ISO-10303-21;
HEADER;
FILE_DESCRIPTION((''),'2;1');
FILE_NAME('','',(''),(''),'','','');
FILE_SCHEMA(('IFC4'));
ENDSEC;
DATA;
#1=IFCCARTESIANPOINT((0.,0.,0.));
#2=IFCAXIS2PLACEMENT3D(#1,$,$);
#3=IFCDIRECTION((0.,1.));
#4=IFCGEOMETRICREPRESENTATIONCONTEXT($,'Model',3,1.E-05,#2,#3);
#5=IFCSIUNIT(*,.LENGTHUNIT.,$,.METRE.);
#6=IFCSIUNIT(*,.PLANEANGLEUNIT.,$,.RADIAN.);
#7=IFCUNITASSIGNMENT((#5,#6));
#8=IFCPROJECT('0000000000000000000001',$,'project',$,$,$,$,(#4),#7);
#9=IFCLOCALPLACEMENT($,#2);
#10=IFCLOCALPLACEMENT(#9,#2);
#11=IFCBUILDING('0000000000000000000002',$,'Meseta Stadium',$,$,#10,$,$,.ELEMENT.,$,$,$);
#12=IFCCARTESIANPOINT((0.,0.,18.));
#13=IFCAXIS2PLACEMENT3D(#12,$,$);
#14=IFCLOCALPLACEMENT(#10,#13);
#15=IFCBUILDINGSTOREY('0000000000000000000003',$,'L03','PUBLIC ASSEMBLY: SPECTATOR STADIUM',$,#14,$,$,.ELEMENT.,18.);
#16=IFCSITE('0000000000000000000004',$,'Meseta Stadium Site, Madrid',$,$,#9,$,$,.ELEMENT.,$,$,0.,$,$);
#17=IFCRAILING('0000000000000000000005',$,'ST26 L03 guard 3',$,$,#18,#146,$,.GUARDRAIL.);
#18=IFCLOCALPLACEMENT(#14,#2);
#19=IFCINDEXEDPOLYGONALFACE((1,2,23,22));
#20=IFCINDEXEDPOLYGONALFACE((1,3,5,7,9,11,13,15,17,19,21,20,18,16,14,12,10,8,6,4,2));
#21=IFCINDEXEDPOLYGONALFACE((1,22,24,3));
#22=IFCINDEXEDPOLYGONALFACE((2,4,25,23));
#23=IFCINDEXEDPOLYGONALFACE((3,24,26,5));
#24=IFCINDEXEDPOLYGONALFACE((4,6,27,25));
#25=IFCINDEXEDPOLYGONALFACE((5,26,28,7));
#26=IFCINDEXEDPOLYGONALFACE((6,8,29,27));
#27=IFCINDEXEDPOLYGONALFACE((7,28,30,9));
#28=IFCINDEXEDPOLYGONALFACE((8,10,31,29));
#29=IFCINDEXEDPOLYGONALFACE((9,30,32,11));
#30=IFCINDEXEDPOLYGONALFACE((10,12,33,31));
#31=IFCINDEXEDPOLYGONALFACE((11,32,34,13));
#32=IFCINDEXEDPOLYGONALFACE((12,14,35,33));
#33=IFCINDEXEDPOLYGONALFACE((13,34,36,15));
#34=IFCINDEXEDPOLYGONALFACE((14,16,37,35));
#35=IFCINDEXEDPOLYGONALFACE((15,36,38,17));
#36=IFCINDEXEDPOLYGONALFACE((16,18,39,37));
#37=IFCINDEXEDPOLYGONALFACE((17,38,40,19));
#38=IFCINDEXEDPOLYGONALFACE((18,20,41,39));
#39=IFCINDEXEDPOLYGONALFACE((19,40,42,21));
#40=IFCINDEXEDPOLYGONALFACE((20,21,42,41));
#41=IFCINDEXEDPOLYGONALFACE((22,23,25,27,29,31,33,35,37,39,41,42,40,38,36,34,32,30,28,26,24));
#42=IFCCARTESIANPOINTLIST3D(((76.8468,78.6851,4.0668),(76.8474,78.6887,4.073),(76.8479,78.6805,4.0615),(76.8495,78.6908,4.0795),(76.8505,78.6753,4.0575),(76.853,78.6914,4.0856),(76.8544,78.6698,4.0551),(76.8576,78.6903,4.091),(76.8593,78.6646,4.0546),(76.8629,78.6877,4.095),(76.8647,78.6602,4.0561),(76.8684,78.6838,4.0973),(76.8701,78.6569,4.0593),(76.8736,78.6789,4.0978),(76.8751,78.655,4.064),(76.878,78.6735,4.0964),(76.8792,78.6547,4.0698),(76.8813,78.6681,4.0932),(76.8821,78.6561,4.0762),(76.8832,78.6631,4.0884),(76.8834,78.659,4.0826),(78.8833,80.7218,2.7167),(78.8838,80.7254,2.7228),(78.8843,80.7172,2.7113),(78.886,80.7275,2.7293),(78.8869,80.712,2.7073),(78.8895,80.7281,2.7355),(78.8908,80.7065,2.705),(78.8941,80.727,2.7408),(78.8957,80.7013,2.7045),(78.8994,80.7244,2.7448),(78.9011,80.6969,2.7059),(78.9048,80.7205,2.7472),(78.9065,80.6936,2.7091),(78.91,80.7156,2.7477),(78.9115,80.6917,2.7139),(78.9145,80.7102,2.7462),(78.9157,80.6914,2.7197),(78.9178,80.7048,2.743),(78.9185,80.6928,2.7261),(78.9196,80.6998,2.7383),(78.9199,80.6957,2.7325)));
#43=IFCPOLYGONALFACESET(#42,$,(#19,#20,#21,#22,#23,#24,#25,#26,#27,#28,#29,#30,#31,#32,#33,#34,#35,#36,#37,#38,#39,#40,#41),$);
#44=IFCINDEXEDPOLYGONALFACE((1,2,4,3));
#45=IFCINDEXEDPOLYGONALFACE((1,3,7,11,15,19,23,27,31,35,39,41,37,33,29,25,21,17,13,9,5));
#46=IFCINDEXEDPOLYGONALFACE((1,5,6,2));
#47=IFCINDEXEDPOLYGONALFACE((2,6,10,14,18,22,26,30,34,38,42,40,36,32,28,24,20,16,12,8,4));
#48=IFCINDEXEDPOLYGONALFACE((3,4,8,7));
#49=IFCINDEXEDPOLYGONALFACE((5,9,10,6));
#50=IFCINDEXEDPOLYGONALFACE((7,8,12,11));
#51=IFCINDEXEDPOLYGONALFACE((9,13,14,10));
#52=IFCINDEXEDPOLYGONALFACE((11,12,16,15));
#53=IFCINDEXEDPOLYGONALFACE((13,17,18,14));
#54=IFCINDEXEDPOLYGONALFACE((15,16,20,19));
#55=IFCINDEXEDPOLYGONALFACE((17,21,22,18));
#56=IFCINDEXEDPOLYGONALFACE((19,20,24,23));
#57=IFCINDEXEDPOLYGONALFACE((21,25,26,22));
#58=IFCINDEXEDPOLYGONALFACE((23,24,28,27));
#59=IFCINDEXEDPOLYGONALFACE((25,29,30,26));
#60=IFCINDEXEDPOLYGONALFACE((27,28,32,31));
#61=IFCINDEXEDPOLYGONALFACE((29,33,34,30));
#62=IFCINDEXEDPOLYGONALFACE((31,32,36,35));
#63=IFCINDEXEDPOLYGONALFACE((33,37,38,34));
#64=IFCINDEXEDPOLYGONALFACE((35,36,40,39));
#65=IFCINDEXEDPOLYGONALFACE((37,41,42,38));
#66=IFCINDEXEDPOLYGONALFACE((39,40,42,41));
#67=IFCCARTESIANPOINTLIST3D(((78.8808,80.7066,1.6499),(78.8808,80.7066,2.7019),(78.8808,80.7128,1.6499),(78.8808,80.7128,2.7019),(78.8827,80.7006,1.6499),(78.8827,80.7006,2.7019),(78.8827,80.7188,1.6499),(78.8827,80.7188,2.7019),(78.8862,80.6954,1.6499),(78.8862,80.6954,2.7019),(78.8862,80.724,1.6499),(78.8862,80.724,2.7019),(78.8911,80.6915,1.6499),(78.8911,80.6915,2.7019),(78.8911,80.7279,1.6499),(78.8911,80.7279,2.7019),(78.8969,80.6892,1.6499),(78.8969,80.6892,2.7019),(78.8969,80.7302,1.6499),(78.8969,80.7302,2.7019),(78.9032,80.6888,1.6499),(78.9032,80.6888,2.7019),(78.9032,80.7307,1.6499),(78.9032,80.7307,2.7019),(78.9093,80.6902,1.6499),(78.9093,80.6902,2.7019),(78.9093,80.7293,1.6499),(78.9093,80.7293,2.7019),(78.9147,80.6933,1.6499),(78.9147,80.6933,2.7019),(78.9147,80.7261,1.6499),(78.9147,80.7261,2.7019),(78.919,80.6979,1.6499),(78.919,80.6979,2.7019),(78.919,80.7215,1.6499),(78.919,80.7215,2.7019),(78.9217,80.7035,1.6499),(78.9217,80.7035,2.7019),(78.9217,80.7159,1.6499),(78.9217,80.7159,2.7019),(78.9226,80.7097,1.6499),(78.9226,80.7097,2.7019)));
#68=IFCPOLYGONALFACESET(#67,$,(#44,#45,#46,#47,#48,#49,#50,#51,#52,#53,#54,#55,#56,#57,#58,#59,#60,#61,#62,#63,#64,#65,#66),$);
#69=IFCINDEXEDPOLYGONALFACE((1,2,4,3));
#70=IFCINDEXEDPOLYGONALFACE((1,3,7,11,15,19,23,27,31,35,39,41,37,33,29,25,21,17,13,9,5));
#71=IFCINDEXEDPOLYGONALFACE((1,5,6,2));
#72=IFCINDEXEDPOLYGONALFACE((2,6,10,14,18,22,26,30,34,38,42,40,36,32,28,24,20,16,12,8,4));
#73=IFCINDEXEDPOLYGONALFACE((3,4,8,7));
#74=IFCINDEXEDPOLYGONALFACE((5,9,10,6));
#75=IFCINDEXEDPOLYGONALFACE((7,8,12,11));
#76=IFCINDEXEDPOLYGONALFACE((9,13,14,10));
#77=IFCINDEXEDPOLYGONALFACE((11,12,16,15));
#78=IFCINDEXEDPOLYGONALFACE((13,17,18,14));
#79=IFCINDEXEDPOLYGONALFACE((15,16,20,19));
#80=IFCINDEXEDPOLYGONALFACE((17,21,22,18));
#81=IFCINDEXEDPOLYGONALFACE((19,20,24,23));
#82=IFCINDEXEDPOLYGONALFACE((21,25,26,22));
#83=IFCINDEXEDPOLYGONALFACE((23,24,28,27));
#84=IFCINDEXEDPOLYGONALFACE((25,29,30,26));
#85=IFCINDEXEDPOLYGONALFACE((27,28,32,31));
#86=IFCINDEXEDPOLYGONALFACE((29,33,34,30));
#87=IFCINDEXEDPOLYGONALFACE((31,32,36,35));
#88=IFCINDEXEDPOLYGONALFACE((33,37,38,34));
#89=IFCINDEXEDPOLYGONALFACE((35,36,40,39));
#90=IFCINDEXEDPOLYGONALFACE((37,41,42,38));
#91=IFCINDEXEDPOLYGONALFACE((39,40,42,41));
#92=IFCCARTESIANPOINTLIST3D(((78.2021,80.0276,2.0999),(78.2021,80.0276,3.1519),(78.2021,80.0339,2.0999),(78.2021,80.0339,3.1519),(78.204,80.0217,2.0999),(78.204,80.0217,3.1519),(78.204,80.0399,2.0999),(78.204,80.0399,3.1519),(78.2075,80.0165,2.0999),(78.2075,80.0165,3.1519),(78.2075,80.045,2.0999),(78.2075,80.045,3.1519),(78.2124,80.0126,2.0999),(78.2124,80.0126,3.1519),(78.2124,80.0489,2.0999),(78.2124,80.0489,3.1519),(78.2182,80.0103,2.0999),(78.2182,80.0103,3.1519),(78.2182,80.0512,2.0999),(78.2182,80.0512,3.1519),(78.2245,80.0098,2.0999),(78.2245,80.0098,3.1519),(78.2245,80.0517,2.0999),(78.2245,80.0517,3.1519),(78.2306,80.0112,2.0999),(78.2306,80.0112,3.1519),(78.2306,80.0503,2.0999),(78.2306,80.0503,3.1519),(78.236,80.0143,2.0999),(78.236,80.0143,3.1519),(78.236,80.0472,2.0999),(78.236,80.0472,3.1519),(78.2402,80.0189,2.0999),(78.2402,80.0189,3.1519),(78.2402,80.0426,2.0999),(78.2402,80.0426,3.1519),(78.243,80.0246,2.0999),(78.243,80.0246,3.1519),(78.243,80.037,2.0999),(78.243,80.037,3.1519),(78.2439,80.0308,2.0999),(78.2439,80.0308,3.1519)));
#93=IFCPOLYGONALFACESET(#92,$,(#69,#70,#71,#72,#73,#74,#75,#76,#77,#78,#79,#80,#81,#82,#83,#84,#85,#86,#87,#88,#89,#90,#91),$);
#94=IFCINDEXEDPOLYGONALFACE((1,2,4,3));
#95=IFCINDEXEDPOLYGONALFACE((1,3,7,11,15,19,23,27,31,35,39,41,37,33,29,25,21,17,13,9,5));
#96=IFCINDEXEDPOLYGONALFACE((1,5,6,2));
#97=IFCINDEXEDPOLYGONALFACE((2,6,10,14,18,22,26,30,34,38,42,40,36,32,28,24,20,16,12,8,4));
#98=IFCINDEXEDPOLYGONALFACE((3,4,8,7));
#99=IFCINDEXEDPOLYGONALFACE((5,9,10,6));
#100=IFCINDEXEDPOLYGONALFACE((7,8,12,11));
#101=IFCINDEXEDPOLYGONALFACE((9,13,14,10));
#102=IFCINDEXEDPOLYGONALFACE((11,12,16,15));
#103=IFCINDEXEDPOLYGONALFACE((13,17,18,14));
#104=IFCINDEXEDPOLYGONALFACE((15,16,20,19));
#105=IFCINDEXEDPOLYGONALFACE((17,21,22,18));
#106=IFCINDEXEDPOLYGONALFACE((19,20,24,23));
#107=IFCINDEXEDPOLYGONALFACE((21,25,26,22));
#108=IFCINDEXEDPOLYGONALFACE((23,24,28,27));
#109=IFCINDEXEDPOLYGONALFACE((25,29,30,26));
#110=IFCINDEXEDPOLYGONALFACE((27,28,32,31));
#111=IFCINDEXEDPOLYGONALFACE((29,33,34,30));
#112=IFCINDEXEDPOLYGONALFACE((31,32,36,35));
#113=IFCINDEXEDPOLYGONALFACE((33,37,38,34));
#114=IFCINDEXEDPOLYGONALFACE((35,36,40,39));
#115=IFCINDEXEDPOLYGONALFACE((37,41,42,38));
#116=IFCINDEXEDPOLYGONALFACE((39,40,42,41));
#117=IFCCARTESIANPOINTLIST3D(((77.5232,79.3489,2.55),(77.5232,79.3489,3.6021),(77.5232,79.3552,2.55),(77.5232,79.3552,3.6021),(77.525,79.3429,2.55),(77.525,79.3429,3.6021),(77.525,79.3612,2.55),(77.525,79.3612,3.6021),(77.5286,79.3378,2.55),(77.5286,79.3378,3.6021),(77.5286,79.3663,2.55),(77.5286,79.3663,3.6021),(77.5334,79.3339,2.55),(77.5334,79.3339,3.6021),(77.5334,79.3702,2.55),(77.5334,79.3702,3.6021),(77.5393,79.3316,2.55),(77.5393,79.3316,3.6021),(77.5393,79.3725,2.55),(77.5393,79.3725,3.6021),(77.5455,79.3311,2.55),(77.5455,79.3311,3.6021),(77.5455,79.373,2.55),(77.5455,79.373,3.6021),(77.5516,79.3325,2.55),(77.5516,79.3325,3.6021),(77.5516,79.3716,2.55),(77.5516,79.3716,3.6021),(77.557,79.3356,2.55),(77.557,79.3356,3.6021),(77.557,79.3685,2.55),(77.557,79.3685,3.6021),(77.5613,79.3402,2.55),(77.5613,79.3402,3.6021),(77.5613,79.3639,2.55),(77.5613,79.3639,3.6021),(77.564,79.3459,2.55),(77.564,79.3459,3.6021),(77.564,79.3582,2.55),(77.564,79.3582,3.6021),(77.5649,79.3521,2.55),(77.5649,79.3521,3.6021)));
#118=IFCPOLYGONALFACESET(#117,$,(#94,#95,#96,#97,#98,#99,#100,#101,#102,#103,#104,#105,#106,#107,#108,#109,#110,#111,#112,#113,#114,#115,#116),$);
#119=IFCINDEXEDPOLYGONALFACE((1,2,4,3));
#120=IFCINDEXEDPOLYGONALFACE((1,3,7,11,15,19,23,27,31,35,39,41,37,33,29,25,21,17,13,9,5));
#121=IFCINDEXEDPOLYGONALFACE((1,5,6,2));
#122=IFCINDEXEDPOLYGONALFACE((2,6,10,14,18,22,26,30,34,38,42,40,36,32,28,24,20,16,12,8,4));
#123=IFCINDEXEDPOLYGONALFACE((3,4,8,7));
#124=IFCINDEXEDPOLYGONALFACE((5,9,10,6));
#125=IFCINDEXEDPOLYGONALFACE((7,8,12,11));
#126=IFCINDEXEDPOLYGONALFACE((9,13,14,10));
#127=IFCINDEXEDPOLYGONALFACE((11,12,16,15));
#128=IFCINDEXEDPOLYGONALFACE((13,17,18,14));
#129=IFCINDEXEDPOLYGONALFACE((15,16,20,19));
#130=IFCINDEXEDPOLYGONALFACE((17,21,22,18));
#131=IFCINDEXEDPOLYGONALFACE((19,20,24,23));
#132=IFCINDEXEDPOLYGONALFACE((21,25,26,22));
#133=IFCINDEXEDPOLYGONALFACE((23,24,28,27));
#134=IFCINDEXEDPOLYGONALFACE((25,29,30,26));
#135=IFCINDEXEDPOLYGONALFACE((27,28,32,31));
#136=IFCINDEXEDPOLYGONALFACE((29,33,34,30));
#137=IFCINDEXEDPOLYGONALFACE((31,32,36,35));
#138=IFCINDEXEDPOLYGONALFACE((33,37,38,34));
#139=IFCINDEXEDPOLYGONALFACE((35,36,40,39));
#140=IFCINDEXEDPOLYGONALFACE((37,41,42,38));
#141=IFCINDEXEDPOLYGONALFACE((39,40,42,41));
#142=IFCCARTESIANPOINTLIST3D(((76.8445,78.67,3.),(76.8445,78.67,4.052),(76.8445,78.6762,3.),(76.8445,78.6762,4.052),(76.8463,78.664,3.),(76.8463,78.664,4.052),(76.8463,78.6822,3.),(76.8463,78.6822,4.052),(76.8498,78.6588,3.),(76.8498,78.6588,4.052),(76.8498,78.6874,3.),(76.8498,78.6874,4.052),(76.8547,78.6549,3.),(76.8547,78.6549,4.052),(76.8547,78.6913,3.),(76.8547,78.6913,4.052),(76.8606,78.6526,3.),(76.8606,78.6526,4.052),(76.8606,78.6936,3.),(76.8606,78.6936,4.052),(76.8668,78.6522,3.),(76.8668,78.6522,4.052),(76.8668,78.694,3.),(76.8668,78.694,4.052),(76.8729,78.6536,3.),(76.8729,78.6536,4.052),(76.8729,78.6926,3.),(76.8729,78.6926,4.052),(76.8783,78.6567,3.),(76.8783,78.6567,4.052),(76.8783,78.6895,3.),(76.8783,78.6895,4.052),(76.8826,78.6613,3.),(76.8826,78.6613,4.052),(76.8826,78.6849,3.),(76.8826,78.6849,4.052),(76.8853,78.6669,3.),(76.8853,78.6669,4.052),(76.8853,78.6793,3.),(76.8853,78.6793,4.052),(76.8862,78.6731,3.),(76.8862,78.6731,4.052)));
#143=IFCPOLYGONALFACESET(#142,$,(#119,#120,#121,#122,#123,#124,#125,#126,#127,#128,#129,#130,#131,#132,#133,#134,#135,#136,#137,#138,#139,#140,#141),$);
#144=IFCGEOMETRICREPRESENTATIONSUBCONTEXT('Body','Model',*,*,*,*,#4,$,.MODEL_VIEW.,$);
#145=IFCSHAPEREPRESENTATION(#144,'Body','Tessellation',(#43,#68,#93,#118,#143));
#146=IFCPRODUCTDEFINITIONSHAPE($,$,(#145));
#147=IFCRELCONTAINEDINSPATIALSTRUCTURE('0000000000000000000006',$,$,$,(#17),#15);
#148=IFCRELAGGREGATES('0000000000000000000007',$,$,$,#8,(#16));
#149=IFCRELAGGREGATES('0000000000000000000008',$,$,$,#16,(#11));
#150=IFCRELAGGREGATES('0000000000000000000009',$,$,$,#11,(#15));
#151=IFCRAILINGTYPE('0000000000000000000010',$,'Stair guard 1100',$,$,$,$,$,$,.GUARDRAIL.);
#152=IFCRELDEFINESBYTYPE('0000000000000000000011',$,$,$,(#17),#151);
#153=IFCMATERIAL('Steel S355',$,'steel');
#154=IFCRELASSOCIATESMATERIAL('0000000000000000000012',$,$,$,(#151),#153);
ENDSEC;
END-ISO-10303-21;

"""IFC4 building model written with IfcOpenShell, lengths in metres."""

from ifc_helpers import new_model, si_unit, direction, frame, origin, origin_2d, place, context, subcontext, project, spatial, circle, extrude, material, type_object, element, save


model = new_model("IFC4")

# Units and contexts
model_context = context("Model", 3, precision=1e-05, world=origin(), true_north=direction((0.0, 1.0)))
body_context = subcontext(model_context, "Body", "Model", "MODEL_VIEW")
ifc_project = project(units=[si_unit("LENGTHUNIT", "METRE"), si_unit("PLANEANGLEUNIT", "RADIAN")], contexts=[model_context])

# Site, building, storey
site_placement = place(None, origin())
site = spatial("IfcSite", under=ifc_project, at=site_placement, Name="Meseta Stadium Site, Madrid", CompositionType="ELEMENT", RefElevation=0.0)
building_placement = place(site_placement, origin())
building = spatial("IfcBuilding", under=site, at=building_placement, Name="Meseta Stadium", CompositionType="ELEMENT")
storey_placement = place(building_placement, frame((0.0, 0.0, 18.0)))
storey = spatial("IfcBuildingStorey", under=building, at=storey_placement, Name="L03", Description="PUBLIC ASSEMBLY: SPECTATOR STADIUM", CompositionType="ELEMENT", Elevation=18.0)

# Railing
ifc_material_1 = material(Name="Steel S355", Category="steel")
railing_type_1 = type_object("IfcRailingType", Name="Stair guard 1100", PredefinedType="GUARDRAIL", material=ifc_material_1)
for number, where, name in (
    (1, (78.9016, 80.7097, 1.6499), "ST26 L03 guard 3"),
):
    element("IfcRailing", number, at=place(storey_placement, frame(where)), inside=storey, type_object=railing_type_1, Name=name, PredefinedType="GUARDRAIL", context=body_context, shape_type="SweptSolid", body=[
        extrude(circle(Radius=0.0239, at=origin_2d()), frame((0.0, 0.0, 1.0762), z_axis=(-0.640211, -0.640288, 0.424454), x_axis=(0.707149, -0.707064, 0.0)), (0.0, 0.0, 1.0), 3.1809),
        extrude(circle(Radius=0.021, at=origin_2d()), origin(), (0.0, 0.0, 1.0), 1.052),
        extrude(circle(Radius=0.021, at=origin_2d()), frame((-0.6787, -0.679, 0.45)), (0.0, 0.0, 1.0), 1.052),
        extrude(circle(Radius=0.021, at=origin_2d()), frame((-1.3577, -1.3577, 0.9001)), (0.0, 0.0, 1.0), 1.052),
        extrude(circle(Radius=0.021, at=origin_2d()), frame((-2.0364, -2.0366, 1.3501)), (0.0, 0.0, 1.0), 1.052),
    ])

save(model, "model.ifc")
